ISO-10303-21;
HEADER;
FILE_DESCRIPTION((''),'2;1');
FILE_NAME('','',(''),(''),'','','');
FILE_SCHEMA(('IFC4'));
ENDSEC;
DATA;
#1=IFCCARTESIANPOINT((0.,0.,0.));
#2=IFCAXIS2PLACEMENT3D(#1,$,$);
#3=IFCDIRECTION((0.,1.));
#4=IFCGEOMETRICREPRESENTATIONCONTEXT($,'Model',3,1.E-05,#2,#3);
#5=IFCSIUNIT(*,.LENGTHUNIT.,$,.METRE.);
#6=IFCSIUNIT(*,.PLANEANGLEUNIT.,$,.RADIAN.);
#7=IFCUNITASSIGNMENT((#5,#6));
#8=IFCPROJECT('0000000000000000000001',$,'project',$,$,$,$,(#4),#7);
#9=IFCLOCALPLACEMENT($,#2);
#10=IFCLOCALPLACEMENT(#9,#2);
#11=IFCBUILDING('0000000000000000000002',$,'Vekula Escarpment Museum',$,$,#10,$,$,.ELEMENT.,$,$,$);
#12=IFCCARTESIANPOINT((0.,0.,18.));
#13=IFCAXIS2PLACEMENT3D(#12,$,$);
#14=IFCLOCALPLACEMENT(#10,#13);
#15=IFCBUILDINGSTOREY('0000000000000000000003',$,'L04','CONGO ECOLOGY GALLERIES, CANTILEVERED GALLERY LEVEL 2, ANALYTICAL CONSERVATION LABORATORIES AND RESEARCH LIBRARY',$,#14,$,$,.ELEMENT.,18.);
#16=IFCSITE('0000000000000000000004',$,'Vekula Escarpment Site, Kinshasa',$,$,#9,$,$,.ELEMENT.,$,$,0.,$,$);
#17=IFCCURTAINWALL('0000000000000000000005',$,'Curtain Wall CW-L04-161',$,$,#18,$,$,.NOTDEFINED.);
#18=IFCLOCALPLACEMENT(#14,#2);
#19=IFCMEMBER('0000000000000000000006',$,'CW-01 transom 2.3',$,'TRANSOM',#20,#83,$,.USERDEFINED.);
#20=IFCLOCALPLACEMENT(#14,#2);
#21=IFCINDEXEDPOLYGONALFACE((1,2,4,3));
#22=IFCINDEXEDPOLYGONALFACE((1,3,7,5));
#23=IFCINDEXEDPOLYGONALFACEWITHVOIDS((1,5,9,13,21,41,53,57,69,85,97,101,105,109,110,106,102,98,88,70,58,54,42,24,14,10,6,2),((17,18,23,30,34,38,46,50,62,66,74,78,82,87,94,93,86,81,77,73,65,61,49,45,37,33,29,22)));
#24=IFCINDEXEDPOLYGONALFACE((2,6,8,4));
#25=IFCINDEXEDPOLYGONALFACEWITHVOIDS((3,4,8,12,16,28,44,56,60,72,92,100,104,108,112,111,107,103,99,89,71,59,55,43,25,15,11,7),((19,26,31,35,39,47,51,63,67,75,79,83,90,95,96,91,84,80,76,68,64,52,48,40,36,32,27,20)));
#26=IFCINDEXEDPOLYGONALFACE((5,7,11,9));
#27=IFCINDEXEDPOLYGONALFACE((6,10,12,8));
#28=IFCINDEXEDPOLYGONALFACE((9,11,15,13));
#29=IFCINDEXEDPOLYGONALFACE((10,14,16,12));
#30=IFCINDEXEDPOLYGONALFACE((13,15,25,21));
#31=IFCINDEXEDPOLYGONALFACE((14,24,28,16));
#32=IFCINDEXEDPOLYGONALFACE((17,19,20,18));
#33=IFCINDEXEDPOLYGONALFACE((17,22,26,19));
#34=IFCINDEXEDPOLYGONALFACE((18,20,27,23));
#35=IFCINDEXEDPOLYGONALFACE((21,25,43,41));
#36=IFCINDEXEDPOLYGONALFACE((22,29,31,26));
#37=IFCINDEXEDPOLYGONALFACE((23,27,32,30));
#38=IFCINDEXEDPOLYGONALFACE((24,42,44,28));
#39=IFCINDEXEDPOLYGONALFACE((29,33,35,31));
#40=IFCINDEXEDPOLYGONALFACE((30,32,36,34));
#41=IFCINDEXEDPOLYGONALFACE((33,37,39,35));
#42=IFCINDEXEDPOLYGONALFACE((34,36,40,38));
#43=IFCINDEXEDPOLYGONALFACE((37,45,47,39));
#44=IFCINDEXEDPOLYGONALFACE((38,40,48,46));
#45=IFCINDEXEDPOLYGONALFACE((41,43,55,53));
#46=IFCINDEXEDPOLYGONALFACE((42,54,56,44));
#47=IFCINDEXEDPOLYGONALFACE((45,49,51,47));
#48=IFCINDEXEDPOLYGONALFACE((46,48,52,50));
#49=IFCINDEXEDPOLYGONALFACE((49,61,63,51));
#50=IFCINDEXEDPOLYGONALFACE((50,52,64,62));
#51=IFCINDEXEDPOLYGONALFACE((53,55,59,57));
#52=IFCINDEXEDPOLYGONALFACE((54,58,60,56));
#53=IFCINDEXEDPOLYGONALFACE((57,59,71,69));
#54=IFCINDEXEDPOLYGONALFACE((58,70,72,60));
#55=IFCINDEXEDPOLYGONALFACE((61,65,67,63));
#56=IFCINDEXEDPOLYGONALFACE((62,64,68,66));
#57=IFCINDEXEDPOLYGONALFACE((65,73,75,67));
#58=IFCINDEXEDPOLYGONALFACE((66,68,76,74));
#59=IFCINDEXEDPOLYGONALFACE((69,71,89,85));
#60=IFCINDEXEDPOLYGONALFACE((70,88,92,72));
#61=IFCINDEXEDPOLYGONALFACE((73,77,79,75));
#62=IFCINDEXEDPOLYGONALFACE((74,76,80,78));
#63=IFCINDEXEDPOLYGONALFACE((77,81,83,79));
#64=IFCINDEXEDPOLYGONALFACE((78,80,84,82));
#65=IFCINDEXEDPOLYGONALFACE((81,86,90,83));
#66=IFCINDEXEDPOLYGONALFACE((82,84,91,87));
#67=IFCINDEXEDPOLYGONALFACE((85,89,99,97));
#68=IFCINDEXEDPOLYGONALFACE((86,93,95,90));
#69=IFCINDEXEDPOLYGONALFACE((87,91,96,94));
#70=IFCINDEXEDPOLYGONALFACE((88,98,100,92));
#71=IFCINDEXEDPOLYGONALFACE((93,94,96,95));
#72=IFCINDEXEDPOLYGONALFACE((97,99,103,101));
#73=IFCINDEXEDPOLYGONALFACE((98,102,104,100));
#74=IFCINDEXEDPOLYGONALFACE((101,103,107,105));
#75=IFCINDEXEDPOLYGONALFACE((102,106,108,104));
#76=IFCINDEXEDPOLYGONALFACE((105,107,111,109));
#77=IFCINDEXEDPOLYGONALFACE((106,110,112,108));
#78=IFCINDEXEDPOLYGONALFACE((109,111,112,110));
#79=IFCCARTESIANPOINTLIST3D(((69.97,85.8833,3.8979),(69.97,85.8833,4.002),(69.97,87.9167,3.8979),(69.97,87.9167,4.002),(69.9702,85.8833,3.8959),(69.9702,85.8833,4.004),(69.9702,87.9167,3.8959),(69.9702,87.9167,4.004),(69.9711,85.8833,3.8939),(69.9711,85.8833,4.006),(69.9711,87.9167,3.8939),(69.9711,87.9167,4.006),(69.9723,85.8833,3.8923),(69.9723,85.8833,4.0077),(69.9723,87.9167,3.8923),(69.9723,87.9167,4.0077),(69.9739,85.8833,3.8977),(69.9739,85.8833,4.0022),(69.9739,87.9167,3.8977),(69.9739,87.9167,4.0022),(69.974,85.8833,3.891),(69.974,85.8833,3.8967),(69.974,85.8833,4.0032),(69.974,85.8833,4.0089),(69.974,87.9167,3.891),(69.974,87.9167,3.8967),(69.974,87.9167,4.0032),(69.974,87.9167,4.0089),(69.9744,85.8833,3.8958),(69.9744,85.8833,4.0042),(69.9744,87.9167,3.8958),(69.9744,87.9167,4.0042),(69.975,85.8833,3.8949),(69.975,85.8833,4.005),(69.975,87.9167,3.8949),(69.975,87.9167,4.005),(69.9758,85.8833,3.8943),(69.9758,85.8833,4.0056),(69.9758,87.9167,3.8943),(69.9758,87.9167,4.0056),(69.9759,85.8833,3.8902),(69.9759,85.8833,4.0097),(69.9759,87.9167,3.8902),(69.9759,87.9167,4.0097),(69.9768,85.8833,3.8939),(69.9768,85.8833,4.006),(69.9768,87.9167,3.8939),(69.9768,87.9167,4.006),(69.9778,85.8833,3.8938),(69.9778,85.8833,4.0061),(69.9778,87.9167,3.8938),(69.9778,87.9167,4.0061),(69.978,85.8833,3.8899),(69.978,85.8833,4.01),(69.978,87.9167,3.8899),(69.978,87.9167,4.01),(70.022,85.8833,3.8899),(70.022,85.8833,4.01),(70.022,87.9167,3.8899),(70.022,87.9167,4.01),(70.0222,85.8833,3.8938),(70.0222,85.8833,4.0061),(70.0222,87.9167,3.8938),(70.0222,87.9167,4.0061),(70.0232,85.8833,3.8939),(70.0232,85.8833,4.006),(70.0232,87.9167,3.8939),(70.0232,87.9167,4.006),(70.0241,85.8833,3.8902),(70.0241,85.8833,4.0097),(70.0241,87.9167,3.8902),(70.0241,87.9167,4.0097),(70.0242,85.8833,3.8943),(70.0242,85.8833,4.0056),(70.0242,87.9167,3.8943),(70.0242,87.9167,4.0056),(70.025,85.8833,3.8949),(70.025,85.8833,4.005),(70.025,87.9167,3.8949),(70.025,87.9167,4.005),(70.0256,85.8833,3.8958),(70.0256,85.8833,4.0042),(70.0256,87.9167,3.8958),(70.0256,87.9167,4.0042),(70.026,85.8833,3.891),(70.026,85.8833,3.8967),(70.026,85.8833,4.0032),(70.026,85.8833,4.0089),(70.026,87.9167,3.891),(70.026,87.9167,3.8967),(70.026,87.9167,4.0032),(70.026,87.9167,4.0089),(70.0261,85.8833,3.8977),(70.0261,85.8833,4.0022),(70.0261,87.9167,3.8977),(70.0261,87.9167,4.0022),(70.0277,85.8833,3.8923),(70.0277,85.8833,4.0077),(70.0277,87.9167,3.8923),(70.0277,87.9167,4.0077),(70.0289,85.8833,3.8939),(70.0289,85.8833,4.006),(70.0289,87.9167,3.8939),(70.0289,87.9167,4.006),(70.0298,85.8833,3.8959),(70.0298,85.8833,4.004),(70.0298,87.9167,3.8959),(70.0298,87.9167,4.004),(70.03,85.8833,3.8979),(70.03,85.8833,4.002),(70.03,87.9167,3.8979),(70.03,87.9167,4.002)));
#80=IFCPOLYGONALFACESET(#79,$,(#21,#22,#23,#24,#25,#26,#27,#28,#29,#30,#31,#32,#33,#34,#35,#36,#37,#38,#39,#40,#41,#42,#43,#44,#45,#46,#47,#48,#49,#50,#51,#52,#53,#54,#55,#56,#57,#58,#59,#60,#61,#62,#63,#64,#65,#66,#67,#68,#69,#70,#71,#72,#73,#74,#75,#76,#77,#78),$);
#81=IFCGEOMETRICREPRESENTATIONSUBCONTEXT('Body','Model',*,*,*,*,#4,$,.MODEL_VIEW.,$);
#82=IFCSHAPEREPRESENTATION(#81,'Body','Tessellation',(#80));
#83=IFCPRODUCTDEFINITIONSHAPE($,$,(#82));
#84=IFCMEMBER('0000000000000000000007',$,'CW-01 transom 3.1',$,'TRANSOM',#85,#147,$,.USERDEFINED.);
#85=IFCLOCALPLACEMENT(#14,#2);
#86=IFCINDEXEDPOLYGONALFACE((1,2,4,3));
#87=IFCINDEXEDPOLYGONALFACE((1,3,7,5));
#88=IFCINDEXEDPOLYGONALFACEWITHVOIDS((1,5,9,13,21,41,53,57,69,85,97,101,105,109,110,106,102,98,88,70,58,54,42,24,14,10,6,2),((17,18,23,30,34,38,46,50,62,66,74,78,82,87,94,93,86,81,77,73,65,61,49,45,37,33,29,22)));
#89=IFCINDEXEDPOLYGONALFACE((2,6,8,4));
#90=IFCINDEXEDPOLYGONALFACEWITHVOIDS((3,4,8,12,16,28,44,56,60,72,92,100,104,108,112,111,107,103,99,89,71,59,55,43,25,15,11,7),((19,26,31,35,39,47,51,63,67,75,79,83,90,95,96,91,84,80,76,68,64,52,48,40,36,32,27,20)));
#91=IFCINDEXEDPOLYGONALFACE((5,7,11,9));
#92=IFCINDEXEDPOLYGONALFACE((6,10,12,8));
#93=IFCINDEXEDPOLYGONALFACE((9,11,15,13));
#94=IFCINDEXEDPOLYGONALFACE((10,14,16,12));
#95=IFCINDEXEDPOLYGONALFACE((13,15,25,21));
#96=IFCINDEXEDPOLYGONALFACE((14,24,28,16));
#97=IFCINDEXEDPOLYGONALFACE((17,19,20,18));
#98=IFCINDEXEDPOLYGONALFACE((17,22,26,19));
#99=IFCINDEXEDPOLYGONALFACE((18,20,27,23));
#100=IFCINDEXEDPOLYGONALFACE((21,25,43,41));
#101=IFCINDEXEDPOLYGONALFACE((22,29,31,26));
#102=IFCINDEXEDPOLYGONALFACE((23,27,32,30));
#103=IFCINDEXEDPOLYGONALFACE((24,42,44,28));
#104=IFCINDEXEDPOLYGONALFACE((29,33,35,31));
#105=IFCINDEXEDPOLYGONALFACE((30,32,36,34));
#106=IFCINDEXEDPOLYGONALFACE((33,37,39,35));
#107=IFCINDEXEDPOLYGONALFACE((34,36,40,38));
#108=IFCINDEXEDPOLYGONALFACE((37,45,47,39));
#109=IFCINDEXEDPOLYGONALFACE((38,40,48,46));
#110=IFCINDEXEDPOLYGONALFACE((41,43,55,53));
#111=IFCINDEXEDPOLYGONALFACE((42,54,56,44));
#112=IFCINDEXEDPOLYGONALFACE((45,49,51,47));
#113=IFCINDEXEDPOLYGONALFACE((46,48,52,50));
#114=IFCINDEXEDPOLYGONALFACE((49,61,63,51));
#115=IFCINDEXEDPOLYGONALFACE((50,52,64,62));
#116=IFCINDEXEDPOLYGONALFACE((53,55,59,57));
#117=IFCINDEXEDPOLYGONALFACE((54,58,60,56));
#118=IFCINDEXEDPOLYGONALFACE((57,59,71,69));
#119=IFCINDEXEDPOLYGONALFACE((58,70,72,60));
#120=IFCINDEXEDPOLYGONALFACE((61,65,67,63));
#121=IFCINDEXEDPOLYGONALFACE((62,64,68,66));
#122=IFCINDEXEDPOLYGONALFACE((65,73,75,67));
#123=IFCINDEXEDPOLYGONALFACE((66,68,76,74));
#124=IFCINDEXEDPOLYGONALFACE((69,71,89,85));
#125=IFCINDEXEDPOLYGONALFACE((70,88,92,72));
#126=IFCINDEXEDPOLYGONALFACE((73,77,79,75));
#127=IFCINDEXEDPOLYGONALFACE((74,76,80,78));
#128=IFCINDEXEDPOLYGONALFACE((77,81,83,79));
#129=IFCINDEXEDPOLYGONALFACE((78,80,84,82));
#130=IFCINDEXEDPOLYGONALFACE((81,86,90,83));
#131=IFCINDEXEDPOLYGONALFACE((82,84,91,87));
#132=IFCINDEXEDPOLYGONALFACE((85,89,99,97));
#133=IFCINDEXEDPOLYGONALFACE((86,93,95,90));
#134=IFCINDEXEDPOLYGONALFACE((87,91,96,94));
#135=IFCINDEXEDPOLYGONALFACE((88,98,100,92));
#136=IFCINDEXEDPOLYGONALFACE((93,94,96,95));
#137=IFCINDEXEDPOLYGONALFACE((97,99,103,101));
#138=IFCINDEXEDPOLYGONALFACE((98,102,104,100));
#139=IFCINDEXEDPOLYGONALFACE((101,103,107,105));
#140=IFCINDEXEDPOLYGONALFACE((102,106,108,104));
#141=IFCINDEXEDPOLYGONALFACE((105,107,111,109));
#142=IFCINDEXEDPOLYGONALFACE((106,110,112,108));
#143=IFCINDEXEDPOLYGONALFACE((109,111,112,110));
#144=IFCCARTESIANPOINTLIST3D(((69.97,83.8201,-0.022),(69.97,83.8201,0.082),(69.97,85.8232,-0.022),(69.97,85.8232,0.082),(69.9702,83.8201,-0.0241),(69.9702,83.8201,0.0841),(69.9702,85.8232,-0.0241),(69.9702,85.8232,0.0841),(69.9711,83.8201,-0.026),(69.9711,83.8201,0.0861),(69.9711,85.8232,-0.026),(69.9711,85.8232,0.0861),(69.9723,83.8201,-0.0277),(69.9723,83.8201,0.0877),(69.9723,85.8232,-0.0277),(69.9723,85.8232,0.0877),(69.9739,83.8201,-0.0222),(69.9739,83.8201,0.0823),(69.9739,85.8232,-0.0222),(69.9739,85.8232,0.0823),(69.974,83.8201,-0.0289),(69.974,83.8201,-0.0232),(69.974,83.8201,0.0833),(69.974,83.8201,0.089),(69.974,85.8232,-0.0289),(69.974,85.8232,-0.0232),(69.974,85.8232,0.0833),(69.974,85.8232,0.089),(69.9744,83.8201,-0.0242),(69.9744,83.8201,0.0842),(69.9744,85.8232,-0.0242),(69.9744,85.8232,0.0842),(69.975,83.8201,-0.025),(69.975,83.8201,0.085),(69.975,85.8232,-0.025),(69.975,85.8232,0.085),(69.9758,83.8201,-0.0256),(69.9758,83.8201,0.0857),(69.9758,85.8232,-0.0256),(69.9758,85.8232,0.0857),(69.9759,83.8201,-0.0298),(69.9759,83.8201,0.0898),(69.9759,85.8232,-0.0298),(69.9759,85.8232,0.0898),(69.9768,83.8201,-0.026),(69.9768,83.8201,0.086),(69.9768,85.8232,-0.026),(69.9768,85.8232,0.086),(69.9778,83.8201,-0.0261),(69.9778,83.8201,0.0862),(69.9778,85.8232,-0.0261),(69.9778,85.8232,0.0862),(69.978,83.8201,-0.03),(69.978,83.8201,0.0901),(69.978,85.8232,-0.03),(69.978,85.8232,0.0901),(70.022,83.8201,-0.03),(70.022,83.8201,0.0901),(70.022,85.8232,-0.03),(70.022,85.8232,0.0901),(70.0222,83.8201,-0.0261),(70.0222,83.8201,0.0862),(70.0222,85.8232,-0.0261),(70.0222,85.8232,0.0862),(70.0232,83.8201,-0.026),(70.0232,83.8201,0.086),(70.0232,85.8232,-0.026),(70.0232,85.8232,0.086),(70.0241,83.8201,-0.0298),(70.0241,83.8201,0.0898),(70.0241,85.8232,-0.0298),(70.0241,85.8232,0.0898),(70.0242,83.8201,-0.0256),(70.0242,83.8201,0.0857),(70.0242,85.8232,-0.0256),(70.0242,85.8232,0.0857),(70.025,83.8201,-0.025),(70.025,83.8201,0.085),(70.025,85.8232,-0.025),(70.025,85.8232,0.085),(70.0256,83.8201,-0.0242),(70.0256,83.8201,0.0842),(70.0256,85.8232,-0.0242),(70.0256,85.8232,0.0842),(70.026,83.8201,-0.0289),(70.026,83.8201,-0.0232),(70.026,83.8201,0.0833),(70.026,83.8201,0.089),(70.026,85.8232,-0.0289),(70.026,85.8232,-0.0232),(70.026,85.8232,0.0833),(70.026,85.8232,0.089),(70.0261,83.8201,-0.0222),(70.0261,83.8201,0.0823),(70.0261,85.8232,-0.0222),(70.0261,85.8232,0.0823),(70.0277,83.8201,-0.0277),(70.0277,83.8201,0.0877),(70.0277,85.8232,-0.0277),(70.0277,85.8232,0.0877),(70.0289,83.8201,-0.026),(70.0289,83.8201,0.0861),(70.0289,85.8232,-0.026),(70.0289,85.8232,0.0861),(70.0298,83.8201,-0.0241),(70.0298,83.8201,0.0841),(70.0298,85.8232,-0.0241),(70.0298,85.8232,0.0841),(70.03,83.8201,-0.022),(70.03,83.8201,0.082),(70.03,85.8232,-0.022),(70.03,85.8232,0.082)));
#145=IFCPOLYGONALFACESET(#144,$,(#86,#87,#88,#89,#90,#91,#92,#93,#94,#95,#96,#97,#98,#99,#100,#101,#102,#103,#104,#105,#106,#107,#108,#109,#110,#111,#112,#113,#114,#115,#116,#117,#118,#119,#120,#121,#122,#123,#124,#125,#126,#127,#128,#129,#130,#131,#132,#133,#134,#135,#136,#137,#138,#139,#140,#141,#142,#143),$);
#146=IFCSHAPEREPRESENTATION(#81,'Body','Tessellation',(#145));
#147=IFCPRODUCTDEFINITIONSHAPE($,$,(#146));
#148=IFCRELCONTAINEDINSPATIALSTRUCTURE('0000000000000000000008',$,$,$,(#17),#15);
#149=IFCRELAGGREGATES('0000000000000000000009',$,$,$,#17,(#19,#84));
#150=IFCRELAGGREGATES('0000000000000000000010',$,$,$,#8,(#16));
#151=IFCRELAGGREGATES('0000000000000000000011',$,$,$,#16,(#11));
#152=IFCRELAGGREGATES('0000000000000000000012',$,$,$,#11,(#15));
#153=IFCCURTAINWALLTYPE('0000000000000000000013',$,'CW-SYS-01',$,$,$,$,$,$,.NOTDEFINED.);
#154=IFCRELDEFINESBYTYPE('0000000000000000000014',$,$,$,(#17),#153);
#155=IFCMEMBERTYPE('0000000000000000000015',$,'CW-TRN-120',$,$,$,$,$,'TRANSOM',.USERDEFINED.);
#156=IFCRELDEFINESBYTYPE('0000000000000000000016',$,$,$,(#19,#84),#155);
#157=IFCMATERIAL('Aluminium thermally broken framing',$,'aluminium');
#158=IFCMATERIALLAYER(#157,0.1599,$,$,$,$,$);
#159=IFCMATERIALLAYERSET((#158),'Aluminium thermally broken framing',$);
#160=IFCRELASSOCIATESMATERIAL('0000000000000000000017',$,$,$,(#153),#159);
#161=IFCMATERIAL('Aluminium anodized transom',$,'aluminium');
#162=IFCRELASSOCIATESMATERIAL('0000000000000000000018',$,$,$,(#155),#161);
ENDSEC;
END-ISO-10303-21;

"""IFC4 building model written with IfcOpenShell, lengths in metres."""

from ifc_helpers import new_model, si_unit, direction, frame, origin, origin_2d, place, context, subcontext, project, spatial, hollow_rectangle, extrude, material, layer, layer_set, material_profile, profile_set, type_object, element, aggregate, save


model = new_model("IFC4")

# Units and contexts
model_context = context("Model", 3, precision=1e-05, world=origin(), true_north=direction((0.0, 1.0)))
body_context = subcontext(model_context, "Body", "Model", "MODEL_VIEW")
ifc_project = project(units=[si_unit("LENGTHUNIT", "METRE"), si_unit("PLANEANGLEUNIT", "RADIAN")], contexts=[model_context])

# Site, building, storey
site_placement = place(None, origin())
site = spatial("IfcSite", under=ifc_project, at=site_placement, Name="Vekula Escarpment Site, Kinshasa", CompositionType="ELEMENT", RefElevation=0.0)
building_placement = place(site_placement, origin())
building = spatial("IfcBuilding", under=site, at=building_placement, Name="Vekula Escarpment Museum", CompositionType="ELEMENT")
storey_placement = place(building_placement, frame((0.0, 0.0, 18.0)))
storey = spatial("IfcBuildingStorey", under=building, at=storey_placement, Name="L04", Description="CONGO ECOLOGY GALLERIES, CANTILEVERED GALLERY LEVEL 2, ANALYTICAL CONSERVATION LABORATORIES AND RESEARCH LIBRARY", CompositionType="ELEMENT", Elevation=18.0)

# Curtain wall, members
ifc_material_1 = material(Name="Aluminium thermally broken framing", Category="aluminium")
ifc_layer_1 = layer(ifc_material_1, 0.1599)
ifc_layer_set_1 = layer_set([ifc_layer_1], Name="Aluminium thermally broken framing")
curtain_wall_type = type_object("IfcCurtainWallType", Name="CW-SYS-01", PredefinedType="NOTDEFINED", material=ifc_layer_set_1)
curtain_wall_placement = place(storey_placement, origin())
curtain_wall = element("IfcCurtainWall", 1, at=curtain_wall_placement, inside=storey, type_object=curtain_wall_type, Name="Curtain Wall CW-L04-161", PredefinedType="NOTDEFINED")
ifc_material_2 = material(Name="Aluminium anodized transom", Category="aluminium")
ifc_material_profile_1 = material_profile(ifc_material_2, hollow_rectangle(XDim=0.0601, YDim=0.1201, WallThickness=0.0039, InnerFilletRadius=0.0039, OuterFilletRadius=0.0081, at=origin_2d()), Name="ALU 120x60x4")
ifc_profile_set_1 = profile_set([ifc_material_profile_1], Name="Aluminium anodized transom")
member_type_1 = type_object("IfcMemberType", Name="CW-TRN-120", ElementType="TRANSOM", PredefinedType="USERDEFINED", material=ifc_profile_set_1)
member_1_placement = place(storey_placement, frame((70.0, 87.9167, 3.95), z_axis=(0.0, -1.0, 0.0), x_axis=(1.0, 0.0, 0.0)))
member_1 = element("IfcMember", 2, at=member_1_placement, type_object=member_type_1, Name="CW-01 transom 2.3", ObjectType="TRANSOM", PredefinedType="USERDEFINED", context=body_context, shape_type="SweptSolid", body=[
    extrude(hollow_rectangle(XDim=0.0601, YDim=0.1201, WallThickness=0.0039, InnerFilletRadius=0.0039, OuterFilletRadius=0.0081, at=origin_2d()), origin(), (0.0, 0.0, 1.0), 2.0334),
])
member_2_placement = place(storey_placement, frame((70.0, 85.8232, 0.03), z_axis=(0.0, -1.0, 0.0), x_axis=(1.0, 0.0, 0.0)))
member_2 = element("IfcMember", 3, at=member_2_placement, type_object=member_type_1, Name="CW-01 transom 3.1", ObjectType="TRANSOM", PredefinedType="USERDEFINED", context=body_context, shape_type="SweptSolid", body=[
    extrude(hollow_rectangle(XDim=0.0601, YDim=0.1201, WallThickness=0.0039, InnerFilletRadius=0.0039, OuterFilletRadius=0.0081, at=origin_2d()), origin(), (0.0, 0.0, 1.0), 2.0032),
])

aggregate(curtain_wall, [member_1, member_2])

save(model, "model.ifc")
